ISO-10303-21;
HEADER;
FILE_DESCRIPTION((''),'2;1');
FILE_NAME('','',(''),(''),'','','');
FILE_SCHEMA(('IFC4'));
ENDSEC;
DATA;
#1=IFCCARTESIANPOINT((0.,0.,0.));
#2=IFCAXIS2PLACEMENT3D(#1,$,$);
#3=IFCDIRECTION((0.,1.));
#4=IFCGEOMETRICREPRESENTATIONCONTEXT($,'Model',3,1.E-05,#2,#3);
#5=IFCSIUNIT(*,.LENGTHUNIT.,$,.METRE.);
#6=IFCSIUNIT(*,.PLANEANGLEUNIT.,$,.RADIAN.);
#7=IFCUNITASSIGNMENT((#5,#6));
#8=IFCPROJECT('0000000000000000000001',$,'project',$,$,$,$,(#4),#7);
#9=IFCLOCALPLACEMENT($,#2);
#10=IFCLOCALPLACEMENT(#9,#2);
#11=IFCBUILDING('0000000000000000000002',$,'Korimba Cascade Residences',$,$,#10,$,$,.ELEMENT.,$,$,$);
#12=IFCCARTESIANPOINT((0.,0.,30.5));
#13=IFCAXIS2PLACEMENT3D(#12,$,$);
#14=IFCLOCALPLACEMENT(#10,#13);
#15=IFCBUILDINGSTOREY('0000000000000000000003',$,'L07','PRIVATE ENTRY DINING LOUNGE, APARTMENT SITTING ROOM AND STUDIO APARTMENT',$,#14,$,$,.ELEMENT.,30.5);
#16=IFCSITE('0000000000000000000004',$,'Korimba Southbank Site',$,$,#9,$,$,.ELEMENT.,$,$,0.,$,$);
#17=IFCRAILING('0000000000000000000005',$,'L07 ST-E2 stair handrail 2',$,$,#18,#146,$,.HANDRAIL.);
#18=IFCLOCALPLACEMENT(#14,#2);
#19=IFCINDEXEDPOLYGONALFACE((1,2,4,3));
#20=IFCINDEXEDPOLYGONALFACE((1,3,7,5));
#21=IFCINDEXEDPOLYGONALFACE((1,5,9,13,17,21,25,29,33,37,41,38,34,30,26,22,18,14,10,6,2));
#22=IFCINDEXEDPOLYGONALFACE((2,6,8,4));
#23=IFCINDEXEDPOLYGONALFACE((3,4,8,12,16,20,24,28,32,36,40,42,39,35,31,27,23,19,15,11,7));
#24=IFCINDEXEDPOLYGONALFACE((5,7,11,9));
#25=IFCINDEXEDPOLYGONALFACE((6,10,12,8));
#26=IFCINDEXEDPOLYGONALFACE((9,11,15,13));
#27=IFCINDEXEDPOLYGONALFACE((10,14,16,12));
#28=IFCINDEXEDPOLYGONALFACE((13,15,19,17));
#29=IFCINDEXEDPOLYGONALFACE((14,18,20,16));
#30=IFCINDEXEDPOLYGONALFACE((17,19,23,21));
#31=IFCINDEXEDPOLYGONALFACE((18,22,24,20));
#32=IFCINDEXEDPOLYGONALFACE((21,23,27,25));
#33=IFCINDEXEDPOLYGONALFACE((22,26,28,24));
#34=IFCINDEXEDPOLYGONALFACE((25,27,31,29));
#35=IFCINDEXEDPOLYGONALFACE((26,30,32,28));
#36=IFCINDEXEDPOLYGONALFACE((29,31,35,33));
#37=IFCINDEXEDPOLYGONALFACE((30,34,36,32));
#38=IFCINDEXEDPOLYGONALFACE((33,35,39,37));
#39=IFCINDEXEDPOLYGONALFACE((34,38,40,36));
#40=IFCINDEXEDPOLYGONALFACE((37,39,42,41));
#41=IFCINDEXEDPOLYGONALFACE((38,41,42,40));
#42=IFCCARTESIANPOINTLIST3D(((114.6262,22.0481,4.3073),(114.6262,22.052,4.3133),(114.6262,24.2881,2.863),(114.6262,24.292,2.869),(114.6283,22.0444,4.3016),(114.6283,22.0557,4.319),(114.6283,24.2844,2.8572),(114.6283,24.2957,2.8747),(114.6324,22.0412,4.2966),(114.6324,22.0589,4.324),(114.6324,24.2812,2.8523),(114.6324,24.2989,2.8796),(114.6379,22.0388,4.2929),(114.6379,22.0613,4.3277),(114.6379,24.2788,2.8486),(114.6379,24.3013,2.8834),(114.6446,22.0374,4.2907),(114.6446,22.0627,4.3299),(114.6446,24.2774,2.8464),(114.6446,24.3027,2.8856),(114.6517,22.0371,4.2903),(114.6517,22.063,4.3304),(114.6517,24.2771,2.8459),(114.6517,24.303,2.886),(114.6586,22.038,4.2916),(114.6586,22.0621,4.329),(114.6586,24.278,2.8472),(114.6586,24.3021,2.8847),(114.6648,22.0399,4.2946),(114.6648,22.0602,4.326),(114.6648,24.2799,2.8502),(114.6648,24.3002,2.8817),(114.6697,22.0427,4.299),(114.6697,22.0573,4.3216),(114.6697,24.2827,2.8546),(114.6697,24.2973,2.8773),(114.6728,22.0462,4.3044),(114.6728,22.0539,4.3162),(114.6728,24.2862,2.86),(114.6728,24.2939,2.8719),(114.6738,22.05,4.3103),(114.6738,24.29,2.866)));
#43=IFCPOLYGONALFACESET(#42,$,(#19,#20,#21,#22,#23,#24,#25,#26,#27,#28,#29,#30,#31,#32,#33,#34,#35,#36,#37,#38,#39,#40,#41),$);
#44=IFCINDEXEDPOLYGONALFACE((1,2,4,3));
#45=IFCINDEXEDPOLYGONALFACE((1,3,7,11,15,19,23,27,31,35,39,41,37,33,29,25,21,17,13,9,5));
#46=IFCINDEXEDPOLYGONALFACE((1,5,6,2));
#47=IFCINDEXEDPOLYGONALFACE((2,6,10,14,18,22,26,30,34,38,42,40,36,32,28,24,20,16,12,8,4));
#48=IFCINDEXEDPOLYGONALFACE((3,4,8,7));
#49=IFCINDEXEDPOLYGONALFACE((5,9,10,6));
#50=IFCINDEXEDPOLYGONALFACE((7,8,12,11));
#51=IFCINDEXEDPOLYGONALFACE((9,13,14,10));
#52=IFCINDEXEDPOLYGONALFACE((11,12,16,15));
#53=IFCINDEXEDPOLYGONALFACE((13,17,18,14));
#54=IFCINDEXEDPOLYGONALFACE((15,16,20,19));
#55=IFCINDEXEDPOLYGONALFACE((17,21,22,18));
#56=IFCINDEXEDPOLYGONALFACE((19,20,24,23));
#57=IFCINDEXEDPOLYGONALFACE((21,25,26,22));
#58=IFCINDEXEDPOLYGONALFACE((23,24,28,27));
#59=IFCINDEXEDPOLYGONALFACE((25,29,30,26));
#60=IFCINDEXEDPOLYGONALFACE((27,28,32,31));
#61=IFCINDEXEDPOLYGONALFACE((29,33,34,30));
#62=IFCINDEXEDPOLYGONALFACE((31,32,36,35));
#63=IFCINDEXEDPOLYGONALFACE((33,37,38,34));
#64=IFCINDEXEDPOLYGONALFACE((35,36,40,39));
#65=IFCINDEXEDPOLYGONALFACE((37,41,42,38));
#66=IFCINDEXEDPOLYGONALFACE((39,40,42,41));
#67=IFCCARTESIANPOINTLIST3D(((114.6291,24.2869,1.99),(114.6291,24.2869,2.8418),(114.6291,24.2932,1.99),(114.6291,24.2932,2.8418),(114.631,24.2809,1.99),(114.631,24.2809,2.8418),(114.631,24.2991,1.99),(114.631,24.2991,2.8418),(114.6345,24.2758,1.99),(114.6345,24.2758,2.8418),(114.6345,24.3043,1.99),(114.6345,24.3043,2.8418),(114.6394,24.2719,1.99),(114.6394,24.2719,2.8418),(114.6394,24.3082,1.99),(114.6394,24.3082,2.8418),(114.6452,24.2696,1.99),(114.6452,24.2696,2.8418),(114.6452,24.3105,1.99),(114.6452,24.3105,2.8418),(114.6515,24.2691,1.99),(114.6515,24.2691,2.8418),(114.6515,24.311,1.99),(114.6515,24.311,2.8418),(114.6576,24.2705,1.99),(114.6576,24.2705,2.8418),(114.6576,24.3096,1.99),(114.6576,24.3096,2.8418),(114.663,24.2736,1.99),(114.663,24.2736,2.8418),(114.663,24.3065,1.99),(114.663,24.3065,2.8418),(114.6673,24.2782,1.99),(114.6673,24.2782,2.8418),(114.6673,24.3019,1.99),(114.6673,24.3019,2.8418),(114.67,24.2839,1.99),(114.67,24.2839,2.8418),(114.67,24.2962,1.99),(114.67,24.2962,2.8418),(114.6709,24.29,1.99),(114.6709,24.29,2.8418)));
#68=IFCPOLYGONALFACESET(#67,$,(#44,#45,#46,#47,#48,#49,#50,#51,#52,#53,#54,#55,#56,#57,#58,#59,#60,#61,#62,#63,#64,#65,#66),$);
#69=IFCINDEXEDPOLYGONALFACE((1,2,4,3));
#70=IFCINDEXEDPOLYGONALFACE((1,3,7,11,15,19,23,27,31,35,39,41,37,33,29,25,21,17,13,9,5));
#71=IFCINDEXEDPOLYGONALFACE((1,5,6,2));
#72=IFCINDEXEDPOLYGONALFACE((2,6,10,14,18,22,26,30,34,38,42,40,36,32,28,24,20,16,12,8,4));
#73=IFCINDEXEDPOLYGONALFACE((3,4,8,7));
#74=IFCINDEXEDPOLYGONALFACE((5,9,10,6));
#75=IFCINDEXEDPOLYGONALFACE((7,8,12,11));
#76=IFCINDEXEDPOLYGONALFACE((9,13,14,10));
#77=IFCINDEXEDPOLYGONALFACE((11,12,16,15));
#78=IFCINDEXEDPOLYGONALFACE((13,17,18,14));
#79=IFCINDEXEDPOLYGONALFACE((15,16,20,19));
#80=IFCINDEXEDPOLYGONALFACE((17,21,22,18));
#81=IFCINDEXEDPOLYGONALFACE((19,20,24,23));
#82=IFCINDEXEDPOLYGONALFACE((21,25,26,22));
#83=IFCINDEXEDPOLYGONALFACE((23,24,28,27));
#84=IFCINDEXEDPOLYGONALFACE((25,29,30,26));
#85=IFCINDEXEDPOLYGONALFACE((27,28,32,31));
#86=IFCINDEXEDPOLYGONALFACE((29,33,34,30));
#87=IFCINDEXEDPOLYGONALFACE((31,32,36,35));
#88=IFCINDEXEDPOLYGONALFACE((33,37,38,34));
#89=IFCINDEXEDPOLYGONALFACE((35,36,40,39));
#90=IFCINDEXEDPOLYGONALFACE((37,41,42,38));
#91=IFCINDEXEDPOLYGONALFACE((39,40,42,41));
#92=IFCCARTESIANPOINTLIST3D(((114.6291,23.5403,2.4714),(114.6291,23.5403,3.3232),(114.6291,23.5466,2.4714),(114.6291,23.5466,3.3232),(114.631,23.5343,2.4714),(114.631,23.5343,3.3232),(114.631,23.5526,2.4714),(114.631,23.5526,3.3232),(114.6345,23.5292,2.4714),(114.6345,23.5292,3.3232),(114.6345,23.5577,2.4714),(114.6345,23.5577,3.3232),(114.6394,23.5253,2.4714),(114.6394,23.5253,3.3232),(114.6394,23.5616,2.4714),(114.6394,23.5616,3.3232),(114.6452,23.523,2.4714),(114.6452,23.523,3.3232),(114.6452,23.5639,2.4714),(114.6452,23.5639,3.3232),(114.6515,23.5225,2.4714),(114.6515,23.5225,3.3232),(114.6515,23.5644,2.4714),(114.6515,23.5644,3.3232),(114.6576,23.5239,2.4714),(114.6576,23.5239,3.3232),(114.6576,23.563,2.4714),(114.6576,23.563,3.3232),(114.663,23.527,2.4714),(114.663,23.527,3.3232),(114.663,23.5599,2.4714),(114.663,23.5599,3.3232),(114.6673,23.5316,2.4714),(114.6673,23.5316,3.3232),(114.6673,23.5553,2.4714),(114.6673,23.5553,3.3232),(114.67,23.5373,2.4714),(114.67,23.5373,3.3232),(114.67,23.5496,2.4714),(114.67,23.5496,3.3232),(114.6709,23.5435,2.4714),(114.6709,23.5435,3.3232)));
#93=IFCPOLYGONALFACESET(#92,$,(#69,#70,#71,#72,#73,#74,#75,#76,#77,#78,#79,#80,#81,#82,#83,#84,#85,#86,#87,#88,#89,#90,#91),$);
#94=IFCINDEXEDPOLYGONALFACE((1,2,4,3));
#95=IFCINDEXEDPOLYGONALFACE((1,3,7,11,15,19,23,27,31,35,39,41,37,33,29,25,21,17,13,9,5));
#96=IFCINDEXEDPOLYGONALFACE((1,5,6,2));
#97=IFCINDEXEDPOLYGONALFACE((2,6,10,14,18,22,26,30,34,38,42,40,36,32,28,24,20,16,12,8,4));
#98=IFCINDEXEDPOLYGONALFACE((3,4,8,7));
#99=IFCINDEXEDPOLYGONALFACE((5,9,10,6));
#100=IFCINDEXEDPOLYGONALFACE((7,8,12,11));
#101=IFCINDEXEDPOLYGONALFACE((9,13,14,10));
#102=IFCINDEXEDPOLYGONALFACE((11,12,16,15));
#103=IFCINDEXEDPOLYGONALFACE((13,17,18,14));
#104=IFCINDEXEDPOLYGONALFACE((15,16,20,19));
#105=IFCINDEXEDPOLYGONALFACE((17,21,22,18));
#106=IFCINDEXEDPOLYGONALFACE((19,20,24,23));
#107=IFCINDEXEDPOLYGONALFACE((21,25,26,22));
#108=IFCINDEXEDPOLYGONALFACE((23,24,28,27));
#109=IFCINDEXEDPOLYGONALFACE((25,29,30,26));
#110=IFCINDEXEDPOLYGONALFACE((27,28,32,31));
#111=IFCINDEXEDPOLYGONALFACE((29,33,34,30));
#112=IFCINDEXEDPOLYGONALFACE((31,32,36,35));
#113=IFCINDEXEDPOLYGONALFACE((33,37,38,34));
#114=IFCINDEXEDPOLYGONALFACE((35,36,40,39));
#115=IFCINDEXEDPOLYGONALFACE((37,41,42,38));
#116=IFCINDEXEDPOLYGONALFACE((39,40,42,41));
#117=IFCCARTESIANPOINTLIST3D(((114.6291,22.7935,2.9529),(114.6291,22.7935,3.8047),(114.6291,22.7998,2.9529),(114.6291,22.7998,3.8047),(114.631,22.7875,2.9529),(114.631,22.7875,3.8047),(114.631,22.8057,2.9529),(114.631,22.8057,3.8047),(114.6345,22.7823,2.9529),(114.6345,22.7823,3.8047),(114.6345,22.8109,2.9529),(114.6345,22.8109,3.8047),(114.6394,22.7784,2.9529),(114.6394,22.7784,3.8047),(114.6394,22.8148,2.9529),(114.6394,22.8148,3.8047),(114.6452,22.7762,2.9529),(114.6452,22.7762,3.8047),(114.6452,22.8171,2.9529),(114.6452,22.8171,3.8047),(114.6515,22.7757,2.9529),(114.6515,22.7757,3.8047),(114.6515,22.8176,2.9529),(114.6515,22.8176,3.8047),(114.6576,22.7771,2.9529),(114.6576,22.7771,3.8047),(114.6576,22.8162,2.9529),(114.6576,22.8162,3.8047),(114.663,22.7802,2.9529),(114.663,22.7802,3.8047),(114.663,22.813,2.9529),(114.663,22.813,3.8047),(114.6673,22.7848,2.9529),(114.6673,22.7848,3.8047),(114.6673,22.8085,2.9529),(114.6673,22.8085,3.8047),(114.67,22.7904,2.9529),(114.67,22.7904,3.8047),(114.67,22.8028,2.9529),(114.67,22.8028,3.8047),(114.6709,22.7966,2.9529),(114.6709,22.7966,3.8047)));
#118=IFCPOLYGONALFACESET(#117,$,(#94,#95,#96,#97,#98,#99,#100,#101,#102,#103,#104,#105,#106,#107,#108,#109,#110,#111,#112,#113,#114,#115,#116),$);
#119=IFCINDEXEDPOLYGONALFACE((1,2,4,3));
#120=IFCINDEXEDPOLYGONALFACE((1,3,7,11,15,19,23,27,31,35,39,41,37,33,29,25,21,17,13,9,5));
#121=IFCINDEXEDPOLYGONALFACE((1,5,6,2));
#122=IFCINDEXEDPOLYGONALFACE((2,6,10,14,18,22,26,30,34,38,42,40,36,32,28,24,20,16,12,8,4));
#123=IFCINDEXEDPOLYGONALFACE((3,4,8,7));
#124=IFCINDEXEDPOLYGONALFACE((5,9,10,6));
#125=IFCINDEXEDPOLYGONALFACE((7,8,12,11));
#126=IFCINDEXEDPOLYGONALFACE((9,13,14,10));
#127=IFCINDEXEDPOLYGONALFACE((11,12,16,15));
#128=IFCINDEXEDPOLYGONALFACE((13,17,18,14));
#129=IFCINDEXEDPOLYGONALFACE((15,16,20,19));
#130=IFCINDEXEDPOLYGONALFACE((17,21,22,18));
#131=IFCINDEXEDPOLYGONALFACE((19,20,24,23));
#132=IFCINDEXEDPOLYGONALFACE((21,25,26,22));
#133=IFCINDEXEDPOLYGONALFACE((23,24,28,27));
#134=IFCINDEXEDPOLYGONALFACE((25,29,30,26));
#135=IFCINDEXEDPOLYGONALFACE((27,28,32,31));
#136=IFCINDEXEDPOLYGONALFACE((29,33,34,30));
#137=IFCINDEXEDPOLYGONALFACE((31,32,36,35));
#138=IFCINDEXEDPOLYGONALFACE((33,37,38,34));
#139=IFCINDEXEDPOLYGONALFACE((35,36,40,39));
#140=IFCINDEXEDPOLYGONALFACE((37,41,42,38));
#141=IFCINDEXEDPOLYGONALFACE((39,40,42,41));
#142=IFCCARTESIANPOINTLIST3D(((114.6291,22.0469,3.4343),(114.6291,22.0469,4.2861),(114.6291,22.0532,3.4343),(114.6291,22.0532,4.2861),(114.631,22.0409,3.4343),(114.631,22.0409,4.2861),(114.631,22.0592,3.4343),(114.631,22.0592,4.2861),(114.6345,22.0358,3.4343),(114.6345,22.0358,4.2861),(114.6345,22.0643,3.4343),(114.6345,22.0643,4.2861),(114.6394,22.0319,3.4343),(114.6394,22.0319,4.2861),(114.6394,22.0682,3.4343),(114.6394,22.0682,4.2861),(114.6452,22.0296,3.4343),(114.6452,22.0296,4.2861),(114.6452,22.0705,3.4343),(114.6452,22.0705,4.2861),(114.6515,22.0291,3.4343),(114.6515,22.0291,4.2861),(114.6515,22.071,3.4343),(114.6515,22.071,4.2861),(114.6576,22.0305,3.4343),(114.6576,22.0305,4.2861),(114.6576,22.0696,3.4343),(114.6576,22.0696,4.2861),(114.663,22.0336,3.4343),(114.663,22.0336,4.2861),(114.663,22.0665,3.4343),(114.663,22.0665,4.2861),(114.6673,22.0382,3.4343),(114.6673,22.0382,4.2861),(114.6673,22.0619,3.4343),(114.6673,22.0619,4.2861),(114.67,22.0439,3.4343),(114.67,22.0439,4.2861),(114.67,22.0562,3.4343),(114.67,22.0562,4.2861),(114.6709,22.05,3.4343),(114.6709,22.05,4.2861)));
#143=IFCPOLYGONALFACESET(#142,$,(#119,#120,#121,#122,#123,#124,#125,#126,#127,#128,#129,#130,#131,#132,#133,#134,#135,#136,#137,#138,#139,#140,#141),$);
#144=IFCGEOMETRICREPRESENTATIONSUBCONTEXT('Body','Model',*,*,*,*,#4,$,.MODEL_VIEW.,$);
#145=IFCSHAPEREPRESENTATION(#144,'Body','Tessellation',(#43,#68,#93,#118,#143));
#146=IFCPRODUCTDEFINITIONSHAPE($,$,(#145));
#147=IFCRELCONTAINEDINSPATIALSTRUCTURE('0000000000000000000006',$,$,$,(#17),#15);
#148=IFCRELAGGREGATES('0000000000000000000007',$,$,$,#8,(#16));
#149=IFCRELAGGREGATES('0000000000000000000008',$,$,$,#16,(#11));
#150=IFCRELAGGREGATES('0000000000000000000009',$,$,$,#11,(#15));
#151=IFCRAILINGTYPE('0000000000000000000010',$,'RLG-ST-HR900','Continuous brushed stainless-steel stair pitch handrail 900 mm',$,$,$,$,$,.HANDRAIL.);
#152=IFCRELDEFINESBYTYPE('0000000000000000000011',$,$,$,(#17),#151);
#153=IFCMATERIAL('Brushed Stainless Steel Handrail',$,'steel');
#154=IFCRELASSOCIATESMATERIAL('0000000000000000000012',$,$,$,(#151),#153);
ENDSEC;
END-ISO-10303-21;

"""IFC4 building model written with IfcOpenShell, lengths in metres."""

from ifc_helpers import new_model, si_unit, direction, frame, origin, origin_2d, place, context, subcontext, project, spatial, circle, extrude, material, type_object, element, save


model = new_model("IFC4")

# Units and contexts
model_context = context("Model", 3, precision=1e-05, world=origin(), true_north=direction((0.0, 1.0)))
body_context = subcontext(model_context, "Body", "Model", "MODEL_VIEW")
ifc_project = project(units=[si_unit("LENGTHUNIT", "METRE"), si_unit("PLANEANGLEUNIT", "RADIAN")], contexts=[model_context])

# Site, building, storey
site_placement = place(None, origin())
site = spatial("IfcSite", under=ifc_project, at=site_placement, Name="Korimba Southbank Site", CompositionType="ELEMENT", RefElevation=0.0)
building_placement = place(site_placement, origin())
building = spatial("IfcBuilding", under=site, at=building_placement, Name="Korimba Cascade Residences", CompositionType="ELEMENT")
storey_placement = place(building_placement, frame((0.0, 0.0, 30.5)))
storey = spatial("IfcBuildingStorey", under=building, at=storey_placement, Name="L07", Description="PRIVATE ENTRY DINING LOUNGE, APARTMENT SITTING ROOM AND STUDIO APARTMENT", CompositionType="ELEMENT", Elevation=30.5)

# Railing
ifc_material_1 = material(Name="Brushed Stainless Steel Handrail", Category="steel")
railing_type_1 = type_object("IfcRailingType", Name="RLG-ST-HR900", Description="Continuous brushed stainless-steel stair pitch handrail 900 mm", PredefinedType="HANDRAIL", material=ifc_material_1)
railing_1_placement = place(storey_placement, frame((114.6499, 24.29, 1.99)))
element("IfcRailing", 1, at=railing_1_placement, inside=storey, type_object=railing_type_1, Name="L07 ST-E2 stair handrail 2", PredefinedType="HANDRAIL", context=body_context, shape_type="SweptSolid", body=[
    extrude(circle(Radius=0.0239, at=origin_2d()), frame((0.0, 0.0, 0.876), z_axis=(0.0, -0.840437, 0.54191), x_axis=(1.0, 0.0, 0.0)), (0.0, 0.0, 1.0), 2.6653),
    extrude(circle(Radius=0.021, at=origin_2d()), origin(), (0.0, 0.0, 1.0), 0.8518),
    extrude(circle(Radius=0.021, at=origin_2d()), frame((0.0, -0.7466, 0.4814)), (0.0, 0.0, 1.0), 0.8518),
    extrude(circle(Radius=0.021, at=origin_2d()), frame((0.0, -1.4934, 0.9629)), (0.0, 0.0, 1.0), 0.8518),
    extrude(circle(Radius=0.021, at=origin_2d()), frame((0.0, -2.24, 1.4443)), (0.0, 0.0, 1.0), 0.8518),
])

save(model, "model.ifc")
